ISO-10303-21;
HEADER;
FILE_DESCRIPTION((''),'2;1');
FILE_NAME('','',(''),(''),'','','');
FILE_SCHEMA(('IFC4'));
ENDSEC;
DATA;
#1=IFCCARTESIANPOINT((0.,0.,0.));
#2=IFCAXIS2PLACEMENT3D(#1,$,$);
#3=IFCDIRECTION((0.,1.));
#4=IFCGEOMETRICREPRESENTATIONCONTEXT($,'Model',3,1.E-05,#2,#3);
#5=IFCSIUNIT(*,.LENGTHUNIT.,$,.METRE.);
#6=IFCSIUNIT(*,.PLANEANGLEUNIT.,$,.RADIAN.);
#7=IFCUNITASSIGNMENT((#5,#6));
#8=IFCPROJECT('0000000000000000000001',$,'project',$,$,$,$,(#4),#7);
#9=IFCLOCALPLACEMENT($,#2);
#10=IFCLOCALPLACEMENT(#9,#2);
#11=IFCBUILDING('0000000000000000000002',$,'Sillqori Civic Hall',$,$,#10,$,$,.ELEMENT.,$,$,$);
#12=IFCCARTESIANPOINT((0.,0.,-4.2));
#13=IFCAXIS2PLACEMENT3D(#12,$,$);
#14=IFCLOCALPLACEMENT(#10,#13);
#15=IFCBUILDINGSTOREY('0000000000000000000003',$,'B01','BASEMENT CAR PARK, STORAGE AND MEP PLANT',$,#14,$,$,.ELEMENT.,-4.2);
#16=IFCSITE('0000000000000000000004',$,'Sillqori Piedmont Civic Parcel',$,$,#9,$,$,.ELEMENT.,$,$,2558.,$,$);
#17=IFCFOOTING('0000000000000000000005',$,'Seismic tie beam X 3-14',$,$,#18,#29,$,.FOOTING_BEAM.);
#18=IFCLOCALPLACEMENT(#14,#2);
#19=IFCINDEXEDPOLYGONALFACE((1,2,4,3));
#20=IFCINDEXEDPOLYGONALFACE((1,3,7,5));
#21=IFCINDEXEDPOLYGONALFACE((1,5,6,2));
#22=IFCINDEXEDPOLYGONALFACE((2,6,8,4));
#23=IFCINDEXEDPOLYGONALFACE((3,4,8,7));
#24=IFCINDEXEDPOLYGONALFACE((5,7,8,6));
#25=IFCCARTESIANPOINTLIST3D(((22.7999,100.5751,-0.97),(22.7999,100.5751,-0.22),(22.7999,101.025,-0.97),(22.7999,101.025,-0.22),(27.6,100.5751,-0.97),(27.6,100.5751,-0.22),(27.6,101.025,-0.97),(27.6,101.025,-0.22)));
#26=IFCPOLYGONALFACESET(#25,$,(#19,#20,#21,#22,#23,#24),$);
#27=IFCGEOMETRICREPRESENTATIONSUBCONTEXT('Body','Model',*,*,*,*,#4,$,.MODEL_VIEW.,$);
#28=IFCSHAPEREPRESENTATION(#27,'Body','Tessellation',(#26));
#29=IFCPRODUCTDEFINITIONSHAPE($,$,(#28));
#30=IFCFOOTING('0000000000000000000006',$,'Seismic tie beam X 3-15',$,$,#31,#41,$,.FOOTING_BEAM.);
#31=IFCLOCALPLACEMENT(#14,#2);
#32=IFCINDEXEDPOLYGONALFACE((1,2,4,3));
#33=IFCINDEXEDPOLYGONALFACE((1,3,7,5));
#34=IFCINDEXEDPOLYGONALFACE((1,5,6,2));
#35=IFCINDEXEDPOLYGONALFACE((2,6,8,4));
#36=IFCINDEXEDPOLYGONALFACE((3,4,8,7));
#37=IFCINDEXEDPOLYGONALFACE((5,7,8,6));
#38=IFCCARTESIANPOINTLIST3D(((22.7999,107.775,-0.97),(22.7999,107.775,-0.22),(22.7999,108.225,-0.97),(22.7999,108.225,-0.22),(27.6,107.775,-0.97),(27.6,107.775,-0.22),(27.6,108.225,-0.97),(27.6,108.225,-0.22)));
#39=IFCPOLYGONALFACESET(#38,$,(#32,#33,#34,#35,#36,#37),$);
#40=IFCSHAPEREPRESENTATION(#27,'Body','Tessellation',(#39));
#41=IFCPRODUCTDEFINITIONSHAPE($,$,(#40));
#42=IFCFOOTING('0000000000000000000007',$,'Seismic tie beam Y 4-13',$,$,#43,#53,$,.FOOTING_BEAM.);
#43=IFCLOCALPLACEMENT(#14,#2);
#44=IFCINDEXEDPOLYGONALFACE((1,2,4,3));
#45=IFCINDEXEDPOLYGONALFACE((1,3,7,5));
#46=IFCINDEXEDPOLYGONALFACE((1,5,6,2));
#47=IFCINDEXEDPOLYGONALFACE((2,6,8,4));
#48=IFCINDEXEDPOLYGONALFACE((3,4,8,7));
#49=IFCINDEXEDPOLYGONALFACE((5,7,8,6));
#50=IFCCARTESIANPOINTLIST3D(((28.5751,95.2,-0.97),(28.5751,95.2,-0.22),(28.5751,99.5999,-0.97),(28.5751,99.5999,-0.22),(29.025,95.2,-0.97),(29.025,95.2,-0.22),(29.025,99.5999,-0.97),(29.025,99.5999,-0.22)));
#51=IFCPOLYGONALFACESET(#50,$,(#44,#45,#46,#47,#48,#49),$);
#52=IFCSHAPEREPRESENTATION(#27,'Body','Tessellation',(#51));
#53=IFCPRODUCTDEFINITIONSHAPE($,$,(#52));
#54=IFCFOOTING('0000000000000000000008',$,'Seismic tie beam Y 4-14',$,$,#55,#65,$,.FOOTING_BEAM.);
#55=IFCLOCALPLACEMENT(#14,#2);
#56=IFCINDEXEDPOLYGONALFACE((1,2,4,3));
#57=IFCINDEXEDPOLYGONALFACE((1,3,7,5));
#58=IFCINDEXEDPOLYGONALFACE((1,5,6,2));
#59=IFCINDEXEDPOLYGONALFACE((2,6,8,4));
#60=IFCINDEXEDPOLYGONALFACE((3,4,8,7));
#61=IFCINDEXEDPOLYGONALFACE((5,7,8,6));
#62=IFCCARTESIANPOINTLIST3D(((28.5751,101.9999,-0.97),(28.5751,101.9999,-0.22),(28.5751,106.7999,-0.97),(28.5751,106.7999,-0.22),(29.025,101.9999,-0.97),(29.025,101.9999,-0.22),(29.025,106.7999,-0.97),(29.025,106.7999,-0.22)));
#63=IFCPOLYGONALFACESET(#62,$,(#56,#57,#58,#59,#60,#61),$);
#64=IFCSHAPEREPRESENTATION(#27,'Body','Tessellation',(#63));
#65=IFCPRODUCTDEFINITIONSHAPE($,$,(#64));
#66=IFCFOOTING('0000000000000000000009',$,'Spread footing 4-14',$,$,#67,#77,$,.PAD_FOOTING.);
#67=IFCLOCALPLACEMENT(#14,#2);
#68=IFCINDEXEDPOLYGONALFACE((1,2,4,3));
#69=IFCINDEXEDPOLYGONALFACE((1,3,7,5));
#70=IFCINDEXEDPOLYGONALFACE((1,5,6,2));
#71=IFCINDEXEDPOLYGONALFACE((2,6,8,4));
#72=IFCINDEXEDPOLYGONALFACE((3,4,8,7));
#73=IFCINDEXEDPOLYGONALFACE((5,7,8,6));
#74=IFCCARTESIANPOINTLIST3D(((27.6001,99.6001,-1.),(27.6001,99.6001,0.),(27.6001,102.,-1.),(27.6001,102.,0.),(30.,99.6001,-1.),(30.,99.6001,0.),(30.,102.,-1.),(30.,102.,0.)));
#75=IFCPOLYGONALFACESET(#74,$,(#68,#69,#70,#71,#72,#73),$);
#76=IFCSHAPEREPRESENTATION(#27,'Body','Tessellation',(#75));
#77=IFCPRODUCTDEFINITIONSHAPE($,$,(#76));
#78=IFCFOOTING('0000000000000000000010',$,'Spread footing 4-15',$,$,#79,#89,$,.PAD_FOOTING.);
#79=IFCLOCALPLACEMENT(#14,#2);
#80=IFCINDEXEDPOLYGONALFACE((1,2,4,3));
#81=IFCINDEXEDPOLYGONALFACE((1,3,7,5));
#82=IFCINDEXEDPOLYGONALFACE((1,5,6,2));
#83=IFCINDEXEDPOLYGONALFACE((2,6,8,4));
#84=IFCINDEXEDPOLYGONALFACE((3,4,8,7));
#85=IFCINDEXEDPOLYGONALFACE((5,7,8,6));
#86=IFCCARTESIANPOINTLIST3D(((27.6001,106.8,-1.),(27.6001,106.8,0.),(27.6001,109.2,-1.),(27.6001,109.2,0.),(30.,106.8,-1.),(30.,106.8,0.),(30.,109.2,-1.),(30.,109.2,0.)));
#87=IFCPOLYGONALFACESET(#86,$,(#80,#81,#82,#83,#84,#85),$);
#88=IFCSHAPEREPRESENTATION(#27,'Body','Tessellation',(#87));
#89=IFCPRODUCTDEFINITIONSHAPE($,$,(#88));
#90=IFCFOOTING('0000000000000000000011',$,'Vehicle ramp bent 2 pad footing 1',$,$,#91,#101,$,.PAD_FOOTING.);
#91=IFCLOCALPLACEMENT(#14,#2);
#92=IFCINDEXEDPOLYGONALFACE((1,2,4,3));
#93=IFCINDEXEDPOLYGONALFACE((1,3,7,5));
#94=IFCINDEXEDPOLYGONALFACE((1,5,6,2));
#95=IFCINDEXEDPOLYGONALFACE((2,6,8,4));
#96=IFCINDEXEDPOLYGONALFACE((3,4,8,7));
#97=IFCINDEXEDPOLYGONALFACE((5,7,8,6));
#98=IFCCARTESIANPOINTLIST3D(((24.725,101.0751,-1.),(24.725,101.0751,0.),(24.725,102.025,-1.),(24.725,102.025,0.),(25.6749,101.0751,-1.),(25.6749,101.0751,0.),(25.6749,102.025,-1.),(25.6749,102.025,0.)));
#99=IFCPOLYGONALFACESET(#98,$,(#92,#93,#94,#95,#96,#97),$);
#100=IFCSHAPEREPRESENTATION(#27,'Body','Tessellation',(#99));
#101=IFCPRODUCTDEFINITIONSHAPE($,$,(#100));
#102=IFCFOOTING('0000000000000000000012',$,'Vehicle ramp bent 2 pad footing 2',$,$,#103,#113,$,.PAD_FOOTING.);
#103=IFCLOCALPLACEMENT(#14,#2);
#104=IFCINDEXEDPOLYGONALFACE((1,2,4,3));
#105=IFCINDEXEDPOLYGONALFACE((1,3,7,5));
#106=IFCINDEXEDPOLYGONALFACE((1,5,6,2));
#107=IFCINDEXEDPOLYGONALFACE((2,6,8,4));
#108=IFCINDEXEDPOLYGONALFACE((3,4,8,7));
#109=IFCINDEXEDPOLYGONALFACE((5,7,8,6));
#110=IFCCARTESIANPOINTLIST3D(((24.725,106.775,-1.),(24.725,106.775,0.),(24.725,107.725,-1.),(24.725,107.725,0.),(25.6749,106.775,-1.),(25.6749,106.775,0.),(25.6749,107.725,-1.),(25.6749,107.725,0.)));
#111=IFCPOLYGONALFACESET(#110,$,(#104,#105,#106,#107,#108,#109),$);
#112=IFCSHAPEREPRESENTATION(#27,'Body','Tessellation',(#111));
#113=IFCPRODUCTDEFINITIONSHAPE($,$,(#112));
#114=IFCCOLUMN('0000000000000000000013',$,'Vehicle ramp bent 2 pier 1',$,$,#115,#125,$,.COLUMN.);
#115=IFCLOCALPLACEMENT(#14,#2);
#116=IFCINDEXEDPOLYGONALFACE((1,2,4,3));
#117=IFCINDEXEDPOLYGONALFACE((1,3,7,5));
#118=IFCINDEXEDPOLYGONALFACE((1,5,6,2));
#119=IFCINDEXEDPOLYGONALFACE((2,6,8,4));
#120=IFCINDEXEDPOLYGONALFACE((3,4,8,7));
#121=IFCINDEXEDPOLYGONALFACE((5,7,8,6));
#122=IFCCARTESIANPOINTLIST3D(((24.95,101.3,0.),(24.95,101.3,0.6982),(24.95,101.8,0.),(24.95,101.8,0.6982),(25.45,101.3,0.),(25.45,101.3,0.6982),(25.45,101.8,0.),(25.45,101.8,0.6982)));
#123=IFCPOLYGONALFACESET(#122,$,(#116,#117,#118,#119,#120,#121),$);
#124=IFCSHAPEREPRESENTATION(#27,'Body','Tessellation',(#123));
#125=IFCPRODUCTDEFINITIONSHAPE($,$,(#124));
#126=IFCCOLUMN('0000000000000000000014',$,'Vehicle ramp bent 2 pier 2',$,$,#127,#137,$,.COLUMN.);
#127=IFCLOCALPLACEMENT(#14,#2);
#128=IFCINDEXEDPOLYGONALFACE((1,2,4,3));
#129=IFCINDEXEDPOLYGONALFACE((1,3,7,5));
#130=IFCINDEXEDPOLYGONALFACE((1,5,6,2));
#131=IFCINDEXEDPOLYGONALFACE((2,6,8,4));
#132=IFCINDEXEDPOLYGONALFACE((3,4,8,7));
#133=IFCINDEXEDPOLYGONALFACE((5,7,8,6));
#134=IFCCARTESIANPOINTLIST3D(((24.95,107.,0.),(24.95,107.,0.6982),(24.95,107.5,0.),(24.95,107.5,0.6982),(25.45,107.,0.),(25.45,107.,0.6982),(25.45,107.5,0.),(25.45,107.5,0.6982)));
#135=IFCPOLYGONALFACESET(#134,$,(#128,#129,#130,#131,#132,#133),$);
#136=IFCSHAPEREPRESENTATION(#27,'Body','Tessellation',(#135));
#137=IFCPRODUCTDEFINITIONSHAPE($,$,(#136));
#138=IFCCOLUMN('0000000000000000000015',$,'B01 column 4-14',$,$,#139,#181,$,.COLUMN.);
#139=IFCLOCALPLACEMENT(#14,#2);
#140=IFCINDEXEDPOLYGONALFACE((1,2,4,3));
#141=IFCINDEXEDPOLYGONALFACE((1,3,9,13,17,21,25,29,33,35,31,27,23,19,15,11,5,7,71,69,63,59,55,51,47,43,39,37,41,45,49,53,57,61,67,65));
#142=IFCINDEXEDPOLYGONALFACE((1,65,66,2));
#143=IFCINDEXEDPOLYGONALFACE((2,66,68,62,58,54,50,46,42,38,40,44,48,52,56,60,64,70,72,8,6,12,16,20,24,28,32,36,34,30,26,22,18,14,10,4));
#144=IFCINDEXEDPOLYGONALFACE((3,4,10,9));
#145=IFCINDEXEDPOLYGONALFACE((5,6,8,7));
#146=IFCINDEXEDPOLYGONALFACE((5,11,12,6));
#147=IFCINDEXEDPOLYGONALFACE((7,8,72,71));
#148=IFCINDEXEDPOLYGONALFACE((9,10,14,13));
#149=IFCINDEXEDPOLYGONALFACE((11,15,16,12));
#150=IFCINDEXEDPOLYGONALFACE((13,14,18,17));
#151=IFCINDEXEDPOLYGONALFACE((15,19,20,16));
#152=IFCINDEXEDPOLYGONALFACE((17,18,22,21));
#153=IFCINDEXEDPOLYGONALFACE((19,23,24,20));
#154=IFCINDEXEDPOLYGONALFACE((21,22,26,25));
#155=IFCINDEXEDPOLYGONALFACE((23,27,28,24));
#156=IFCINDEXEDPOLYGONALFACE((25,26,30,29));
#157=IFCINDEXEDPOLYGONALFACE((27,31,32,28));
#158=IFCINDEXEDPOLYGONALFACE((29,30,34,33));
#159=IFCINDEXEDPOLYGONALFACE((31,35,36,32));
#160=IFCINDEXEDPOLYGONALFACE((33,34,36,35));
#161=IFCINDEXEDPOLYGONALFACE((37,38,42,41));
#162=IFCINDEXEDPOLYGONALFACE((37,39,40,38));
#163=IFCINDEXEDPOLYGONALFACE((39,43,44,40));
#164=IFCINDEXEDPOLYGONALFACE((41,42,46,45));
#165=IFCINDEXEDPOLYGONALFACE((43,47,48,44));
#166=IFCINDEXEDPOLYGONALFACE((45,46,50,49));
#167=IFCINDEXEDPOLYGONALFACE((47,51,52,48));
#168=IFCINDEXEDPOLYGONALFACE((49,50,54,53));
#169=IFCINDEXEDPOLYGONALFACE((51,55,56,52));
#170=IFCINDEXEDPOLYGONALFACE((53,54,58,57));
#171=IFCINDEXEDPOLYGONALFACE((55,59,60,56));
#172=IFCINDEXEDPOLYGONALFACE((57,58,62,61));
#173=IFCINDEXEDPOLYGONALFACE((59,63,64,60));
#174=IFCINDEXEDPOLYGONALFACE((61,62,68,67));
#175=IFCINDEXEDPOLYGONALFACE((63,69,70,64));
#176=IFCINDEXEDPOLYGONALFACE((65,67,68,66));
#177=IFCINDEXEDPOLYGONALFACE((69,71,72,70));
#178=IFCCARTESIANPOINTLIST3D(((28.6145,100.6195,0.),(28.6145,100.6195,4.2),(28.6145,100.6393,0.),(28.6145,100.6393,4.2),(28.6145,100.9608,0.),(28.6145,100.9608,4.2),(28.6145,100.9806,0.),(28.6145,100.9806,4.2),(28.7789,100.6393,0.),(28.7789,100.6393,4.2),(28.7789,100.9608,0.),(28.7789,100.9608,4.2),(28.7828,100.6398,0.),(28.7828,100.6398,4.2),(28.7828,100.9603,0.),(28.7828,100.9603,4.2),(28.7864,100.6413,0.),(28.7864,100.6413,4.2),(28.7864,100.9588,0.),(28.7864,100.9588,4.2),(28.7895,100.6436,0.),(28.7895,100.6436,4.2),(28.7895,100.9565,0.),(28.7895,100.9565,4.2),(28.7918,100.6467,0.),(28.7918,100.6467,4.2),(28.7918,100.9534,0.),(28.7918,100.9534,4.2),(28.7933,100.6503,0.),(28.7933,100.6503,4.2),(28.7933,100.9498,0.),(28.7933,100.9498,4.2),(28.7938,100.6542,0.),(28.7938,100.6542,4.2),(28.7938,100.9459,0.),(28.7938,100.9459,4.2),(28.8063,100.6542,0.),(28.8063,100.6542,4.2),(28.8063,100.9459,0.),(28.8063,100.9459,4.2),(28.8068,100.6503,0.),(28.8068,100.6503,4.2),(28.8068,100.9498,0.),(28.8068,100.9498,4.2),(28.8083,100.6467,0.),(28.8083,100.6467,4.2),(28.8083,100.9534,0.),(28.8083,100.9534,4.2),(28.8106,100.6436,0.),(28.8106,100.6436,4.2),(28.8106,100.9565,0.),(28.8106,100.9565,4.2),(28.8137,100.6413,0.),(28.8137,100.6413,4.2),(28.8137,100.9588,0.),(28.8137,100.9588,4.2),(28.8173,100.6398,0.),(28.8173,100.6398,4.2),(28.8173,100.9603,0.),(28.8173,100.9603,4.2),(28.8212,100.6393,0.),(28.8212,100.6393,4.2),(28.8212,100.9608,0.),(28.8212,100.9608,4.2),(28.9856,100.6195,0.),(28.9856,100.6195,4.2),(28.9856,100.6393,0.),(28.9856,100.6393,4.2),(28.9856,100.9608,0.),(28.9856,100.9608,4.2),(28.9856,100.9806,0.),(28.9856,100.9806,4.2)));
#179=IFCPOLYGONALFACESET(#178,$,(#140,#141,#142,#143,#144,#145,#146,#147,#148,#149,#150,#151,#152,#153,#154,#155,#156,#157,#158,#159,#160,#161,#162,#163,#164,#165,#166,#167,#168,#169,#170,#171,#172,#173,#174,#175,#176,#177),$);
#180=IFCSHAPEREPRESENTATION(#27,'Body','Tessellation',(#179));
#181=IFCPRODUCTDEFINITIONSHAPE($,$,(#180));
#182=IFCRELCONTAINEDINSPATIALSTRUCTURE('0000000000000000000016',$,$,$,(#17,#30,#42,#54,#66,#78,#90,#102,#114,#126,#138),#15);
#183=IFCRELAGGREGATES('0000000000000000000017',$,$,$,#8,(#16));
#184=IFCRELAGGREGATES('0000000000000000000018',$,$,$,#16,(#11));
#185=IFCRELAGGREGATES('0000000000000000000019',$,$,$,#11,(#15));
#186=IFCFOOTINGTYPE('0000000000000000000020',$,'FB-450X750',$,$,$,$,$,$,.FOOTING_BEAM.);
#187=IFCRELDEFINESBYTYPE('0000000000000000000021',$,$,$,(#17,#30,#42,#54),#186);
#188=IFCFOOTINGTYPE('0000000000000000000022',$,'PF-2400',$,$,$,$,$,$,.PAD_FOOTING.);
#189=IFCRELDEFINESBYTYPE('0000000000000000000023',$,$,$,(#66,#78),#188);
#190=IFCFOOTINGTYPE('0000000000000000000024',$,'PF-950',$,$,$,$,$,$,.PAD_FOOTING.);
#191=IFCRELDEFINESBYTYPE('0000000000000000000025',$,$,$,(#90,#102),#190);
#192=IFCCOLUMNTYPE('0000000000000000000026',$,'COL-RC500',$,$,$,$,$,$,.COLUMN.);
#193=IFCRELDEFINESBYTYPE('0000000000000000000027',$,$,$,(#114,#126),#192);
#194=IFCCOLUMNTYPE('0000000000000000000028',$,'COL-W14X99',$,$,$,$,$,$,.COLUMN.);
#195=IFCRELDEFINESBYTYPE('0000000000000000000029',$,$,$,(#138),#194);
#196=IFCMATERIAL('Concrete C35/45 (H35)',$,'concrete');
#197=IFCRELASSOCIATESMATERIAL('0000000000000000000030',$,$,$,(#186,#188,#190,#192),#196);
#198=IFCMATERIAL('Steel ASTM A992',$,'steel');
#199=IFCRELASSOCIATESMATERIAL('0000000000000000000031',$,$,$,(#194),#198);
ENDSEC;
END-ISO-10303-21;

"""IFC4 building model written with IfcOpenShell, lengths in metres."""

from ifc_helpers import new_model, si_unit, direction, frame, origin, origin_2d, place, context, subcontext, project, spatial, rectangle, i_section, extrude, material, material_profile, profile_set, type_object, element, save


model = new_model("IFC4")

# Units and contexts
model_context = context("Model", 3, precision=1e-05, world=origin(), true_north=direction((0.0, 1.0)))
body_context = subcontext(model_context, "Body", "Model", "MODEL_VIEW")
ifc_project = project(units=[si_unit("LENGTHUNIT", "METRE"), si_unit("PLANEANGLEUNIT", "RADIAN")], contexts=[model_context])

# Site, building, storey
site_placement = place(None, origin())
site = spatial("IfcSite", under=ifc_project, at=site_placement, Name="Sillqori Piedmont Civic Parcel", CompositionType="ELEMENT", RefElevation=2558.0)
building_placement = place(site_placement, origin())
building = spatial("IfcBuilding", under=site, at=building_placement, Name="Sillqori Civic Hall", CompositionType="ELEMENT")
storey_placement = place(building_placement, frame((0.0, 0.0, -4.2)))
storey = spatial("IfcBuildingStorey", under=building, at=storey_placement, Name="B01", Description="BASEMENT CAR PARK, STORAGE AND MEP PLANT", CompositionType="ELEMENT", Elevation=-4.2)

# Footings
ifc_material_1 = material(Name="Concrete C35/45 (H35)", Category="concrete")
footing_type_1 = type_object("IfcFootingType", Name="FB-450X750", PredefinedType="FOOTING_BEAM", material=ifc_material_1)
for number, where, z_axis, x_axis, name in (
    (1, (25.2, 100.8, -0.97), (0.0, 0.0, 1.0), (1.0, 0.0, 0.0), "Seismic tie beam X 3-14"),
    (2, (25.2, 108.0, -0.97), (0.0, 0.0, 1.0), (1.0, 0.0, 0.0), "Seismic tie beam X 3-15"),
):
    element("IfcFooting", number, at=place(storey_placement, frame(where, z_axis=z_axis, x_axis=x_axis)), inside=storey, type_object=footing_type_1, Name=name, PredefinedType="FOOTING_BEAM", context=body_context, shape_type="SweptSolid", body=[
        extrude(rectangle(XDim=4.8, YDim=0.45, at=origin_2d()), origin(), (0.0, 0.0, 1.0), 0.75),
    ])
footing_1_placement = place(storey_placement, frame((28.8, 97.3999, -0.97), z_axis=(0.0, 0.0, 1.0), x_axis=(1.0, 0.0, 0.0)))
element("IfcFooting", 3, at=footing_1_placement, inside=storey, type_object=footing_type_1, Name="Seismic tie beam Y 4-13", PredefinedType="FOOTING_BEAM", context=body_context, shape_type="SweptSolid", body=[
    extrude(rectangle(XDim=0.45, YDim=4.3999, at=origin_2d()), origin(), (0.0, 0.0, 1.0), 0.75),
])
footing_2_placement = place(storey_placement, frame((28.8, 104.3999, -0.97), z_axis=(0.0, 0.0, 1.0), x_axis=(1.0, 0.0, 0.0)))
element("IfcFooting", 4, at=footing_2_placement, inside=storey, type_object=footing_type_1, Name="Seismic tie beam Y 4-14", PredefinedType="FOOTING_BEAM", context=body_context, shape_type="SweptSolid", body=[
    extrude(rectangle(XDim=0.45, YDim=4.8, at=origin_2d()), origin(), (0.0, 0.0, 1.0), 0.75),
])
footing_type_2 = type_object("IfcFootingType", Name="PF-2400", PredefinedType="PAD_FOOTING", material=ifc_material_1)
for number, where, z_axis, x_axis, name in (
    (5, (28.8, 100.8, -1.0), (0.0, 0.0, 1.0), (1.0, 0.0, 0.0), "Spread footing 4-14"),
    (6, (28.8, 108.0, -1.0), (0.0, 0.0, 1.0), (1.0, 0.0, 0.0), "Spread footing 4-15"),
):
    element("IfcFooting", number, at=place(storey_placement, frame(where, z_axis=z_axis, x_axis=x_axis)), inside=storey, type_object=footing_type_2, Name=name, PredefinedType="PAD_FOOTING", context=body_context, shape_type="SweptSolid", body=[
        extrude(rectangle(XDim=2.3999, YDim=2.3999, at=origin_2d()), origin(), (0.0, 0.0, 1.0), 1.0),
    ])
footing_type_3 = type_object("IfcFootingType", Name="PF-950", PredefinedType="PAD_FOOTING", material=ifc_material_1)
for number, where, z_axis, x_axis, name in (
    (7, (25.2, 101.55, -1.0), (0.0, 0.0, 1.0), (1.0, 0.0, 0.0), "Vehicle ramp bent 2 pad footing 1"),
    (8, (25.2, 107.25, -1.0), (0.0, 0.0, 1.0), (1.0, 0.0, 0.0), "Vehicle ramp bent 2 pad footing 2"),
):
    element("IfcFooting", number, at=place(storey_placement, frame(where, z_axis=z_axis, x_axis=x_axis)), inside=storey, type_object=footing_type_3, Name=name, PredefinedType="PAD_FOOTING", context=body_context, shape_type="SweptSolid", body=[
        extrude(rectangle(XDim=0.95, YDim=0.95, at=origin_2d()), origin(), (0.0, 0.0, 1.0), 1.0),
    ])

# Columns
ifc_material_profile_1 = material_profile(ifc_material_1, rectangle(XDim=0.5, YDim=0.5, at=origin_2d()), Name="RC 500x500")
ifc_profile_set_1 = profile_set([ifc_material_profile_1], Name="Concrete C35/45 (H35)")
column_type_1 = type_object("IfcColumnType", Name="COL-RC500", PredefinedType="COLUMN", material=ifc_profile_set_1)
for number, where, z_axis, x_axis, name in (
    (9, (25.2, 101.55, 0.0), (0.0, 0.0, 1.0), (1.0, 0.0, 0.0), "Vehicle ramp bent 2 pier 1"),
    (10, (25.2, 107.25, 0.0), (0.0, 0.0, 1.0), (1.0, 0.0, 0.0), "Vehicle ramp bent 2 pier 2"),
):
    element("IfcColumn", number, at=place(storey_placement, frame(where, z_axis=z_axis, x_axis=x_axis)), inside=storey, type_object=column_type_1, Name=name, PredefinedType="COLUMN", context=body_context, shape_type="SweptSolid", body=[
        extrude(rectangle(XDim=0.5, YDim=0.5, at=origin_2d()), origin(), (0.0, 0.0, 1.0), 0.6982),
    ])
ifc_material_2 = material(Name="Steel ASTM A992", Category="steel")
ifc_material_profile_2 = material_profile(ifc_material_2, i_section(OverallWidth=0.3711, OverallDepth=0.3611, WebThickness=0.0125, FlangeThickness=0.0198, FilletRadius=0.0149, at=origin_2d()), Name="W14X99")
ifc_profile_set_2 = profile_set([ifc_material_profile_2], Name="Steel ASTM A992")
column_type_2 = type_object("IfcColumnType", Name="COL-W14X99", PredefinedType="COLUMN", material=ifc_profile_set_2)
for number, where, z_axis, x_axis, name in (
    (11, (28.8, 100.8, 0.0), (0.0, 0.0, 1.0), (1.0, 0.0, 0.0), "B01 column 4-14"),
):
    element("IfcColumn", number, at=place(storey_placement, frame(where, z_axis=z_axis, x_axis=x_axis)), inside=storey, type_object=column_type_2, Name=name, PredefinedType="COLUMN", context=body_context, shape_type="SweptSolid", body=[
        extrude(i_section(OverallWidth=0.3711, OverallDepth=0.3611, WebThickness=0.0125, FlangeThickness=0.0198, FilletRadius=0.0149, at=origin_2d()), origin(), (0.0, 0.0, 1.0), 4.2),
    ])

save(model, "model.ifc")
